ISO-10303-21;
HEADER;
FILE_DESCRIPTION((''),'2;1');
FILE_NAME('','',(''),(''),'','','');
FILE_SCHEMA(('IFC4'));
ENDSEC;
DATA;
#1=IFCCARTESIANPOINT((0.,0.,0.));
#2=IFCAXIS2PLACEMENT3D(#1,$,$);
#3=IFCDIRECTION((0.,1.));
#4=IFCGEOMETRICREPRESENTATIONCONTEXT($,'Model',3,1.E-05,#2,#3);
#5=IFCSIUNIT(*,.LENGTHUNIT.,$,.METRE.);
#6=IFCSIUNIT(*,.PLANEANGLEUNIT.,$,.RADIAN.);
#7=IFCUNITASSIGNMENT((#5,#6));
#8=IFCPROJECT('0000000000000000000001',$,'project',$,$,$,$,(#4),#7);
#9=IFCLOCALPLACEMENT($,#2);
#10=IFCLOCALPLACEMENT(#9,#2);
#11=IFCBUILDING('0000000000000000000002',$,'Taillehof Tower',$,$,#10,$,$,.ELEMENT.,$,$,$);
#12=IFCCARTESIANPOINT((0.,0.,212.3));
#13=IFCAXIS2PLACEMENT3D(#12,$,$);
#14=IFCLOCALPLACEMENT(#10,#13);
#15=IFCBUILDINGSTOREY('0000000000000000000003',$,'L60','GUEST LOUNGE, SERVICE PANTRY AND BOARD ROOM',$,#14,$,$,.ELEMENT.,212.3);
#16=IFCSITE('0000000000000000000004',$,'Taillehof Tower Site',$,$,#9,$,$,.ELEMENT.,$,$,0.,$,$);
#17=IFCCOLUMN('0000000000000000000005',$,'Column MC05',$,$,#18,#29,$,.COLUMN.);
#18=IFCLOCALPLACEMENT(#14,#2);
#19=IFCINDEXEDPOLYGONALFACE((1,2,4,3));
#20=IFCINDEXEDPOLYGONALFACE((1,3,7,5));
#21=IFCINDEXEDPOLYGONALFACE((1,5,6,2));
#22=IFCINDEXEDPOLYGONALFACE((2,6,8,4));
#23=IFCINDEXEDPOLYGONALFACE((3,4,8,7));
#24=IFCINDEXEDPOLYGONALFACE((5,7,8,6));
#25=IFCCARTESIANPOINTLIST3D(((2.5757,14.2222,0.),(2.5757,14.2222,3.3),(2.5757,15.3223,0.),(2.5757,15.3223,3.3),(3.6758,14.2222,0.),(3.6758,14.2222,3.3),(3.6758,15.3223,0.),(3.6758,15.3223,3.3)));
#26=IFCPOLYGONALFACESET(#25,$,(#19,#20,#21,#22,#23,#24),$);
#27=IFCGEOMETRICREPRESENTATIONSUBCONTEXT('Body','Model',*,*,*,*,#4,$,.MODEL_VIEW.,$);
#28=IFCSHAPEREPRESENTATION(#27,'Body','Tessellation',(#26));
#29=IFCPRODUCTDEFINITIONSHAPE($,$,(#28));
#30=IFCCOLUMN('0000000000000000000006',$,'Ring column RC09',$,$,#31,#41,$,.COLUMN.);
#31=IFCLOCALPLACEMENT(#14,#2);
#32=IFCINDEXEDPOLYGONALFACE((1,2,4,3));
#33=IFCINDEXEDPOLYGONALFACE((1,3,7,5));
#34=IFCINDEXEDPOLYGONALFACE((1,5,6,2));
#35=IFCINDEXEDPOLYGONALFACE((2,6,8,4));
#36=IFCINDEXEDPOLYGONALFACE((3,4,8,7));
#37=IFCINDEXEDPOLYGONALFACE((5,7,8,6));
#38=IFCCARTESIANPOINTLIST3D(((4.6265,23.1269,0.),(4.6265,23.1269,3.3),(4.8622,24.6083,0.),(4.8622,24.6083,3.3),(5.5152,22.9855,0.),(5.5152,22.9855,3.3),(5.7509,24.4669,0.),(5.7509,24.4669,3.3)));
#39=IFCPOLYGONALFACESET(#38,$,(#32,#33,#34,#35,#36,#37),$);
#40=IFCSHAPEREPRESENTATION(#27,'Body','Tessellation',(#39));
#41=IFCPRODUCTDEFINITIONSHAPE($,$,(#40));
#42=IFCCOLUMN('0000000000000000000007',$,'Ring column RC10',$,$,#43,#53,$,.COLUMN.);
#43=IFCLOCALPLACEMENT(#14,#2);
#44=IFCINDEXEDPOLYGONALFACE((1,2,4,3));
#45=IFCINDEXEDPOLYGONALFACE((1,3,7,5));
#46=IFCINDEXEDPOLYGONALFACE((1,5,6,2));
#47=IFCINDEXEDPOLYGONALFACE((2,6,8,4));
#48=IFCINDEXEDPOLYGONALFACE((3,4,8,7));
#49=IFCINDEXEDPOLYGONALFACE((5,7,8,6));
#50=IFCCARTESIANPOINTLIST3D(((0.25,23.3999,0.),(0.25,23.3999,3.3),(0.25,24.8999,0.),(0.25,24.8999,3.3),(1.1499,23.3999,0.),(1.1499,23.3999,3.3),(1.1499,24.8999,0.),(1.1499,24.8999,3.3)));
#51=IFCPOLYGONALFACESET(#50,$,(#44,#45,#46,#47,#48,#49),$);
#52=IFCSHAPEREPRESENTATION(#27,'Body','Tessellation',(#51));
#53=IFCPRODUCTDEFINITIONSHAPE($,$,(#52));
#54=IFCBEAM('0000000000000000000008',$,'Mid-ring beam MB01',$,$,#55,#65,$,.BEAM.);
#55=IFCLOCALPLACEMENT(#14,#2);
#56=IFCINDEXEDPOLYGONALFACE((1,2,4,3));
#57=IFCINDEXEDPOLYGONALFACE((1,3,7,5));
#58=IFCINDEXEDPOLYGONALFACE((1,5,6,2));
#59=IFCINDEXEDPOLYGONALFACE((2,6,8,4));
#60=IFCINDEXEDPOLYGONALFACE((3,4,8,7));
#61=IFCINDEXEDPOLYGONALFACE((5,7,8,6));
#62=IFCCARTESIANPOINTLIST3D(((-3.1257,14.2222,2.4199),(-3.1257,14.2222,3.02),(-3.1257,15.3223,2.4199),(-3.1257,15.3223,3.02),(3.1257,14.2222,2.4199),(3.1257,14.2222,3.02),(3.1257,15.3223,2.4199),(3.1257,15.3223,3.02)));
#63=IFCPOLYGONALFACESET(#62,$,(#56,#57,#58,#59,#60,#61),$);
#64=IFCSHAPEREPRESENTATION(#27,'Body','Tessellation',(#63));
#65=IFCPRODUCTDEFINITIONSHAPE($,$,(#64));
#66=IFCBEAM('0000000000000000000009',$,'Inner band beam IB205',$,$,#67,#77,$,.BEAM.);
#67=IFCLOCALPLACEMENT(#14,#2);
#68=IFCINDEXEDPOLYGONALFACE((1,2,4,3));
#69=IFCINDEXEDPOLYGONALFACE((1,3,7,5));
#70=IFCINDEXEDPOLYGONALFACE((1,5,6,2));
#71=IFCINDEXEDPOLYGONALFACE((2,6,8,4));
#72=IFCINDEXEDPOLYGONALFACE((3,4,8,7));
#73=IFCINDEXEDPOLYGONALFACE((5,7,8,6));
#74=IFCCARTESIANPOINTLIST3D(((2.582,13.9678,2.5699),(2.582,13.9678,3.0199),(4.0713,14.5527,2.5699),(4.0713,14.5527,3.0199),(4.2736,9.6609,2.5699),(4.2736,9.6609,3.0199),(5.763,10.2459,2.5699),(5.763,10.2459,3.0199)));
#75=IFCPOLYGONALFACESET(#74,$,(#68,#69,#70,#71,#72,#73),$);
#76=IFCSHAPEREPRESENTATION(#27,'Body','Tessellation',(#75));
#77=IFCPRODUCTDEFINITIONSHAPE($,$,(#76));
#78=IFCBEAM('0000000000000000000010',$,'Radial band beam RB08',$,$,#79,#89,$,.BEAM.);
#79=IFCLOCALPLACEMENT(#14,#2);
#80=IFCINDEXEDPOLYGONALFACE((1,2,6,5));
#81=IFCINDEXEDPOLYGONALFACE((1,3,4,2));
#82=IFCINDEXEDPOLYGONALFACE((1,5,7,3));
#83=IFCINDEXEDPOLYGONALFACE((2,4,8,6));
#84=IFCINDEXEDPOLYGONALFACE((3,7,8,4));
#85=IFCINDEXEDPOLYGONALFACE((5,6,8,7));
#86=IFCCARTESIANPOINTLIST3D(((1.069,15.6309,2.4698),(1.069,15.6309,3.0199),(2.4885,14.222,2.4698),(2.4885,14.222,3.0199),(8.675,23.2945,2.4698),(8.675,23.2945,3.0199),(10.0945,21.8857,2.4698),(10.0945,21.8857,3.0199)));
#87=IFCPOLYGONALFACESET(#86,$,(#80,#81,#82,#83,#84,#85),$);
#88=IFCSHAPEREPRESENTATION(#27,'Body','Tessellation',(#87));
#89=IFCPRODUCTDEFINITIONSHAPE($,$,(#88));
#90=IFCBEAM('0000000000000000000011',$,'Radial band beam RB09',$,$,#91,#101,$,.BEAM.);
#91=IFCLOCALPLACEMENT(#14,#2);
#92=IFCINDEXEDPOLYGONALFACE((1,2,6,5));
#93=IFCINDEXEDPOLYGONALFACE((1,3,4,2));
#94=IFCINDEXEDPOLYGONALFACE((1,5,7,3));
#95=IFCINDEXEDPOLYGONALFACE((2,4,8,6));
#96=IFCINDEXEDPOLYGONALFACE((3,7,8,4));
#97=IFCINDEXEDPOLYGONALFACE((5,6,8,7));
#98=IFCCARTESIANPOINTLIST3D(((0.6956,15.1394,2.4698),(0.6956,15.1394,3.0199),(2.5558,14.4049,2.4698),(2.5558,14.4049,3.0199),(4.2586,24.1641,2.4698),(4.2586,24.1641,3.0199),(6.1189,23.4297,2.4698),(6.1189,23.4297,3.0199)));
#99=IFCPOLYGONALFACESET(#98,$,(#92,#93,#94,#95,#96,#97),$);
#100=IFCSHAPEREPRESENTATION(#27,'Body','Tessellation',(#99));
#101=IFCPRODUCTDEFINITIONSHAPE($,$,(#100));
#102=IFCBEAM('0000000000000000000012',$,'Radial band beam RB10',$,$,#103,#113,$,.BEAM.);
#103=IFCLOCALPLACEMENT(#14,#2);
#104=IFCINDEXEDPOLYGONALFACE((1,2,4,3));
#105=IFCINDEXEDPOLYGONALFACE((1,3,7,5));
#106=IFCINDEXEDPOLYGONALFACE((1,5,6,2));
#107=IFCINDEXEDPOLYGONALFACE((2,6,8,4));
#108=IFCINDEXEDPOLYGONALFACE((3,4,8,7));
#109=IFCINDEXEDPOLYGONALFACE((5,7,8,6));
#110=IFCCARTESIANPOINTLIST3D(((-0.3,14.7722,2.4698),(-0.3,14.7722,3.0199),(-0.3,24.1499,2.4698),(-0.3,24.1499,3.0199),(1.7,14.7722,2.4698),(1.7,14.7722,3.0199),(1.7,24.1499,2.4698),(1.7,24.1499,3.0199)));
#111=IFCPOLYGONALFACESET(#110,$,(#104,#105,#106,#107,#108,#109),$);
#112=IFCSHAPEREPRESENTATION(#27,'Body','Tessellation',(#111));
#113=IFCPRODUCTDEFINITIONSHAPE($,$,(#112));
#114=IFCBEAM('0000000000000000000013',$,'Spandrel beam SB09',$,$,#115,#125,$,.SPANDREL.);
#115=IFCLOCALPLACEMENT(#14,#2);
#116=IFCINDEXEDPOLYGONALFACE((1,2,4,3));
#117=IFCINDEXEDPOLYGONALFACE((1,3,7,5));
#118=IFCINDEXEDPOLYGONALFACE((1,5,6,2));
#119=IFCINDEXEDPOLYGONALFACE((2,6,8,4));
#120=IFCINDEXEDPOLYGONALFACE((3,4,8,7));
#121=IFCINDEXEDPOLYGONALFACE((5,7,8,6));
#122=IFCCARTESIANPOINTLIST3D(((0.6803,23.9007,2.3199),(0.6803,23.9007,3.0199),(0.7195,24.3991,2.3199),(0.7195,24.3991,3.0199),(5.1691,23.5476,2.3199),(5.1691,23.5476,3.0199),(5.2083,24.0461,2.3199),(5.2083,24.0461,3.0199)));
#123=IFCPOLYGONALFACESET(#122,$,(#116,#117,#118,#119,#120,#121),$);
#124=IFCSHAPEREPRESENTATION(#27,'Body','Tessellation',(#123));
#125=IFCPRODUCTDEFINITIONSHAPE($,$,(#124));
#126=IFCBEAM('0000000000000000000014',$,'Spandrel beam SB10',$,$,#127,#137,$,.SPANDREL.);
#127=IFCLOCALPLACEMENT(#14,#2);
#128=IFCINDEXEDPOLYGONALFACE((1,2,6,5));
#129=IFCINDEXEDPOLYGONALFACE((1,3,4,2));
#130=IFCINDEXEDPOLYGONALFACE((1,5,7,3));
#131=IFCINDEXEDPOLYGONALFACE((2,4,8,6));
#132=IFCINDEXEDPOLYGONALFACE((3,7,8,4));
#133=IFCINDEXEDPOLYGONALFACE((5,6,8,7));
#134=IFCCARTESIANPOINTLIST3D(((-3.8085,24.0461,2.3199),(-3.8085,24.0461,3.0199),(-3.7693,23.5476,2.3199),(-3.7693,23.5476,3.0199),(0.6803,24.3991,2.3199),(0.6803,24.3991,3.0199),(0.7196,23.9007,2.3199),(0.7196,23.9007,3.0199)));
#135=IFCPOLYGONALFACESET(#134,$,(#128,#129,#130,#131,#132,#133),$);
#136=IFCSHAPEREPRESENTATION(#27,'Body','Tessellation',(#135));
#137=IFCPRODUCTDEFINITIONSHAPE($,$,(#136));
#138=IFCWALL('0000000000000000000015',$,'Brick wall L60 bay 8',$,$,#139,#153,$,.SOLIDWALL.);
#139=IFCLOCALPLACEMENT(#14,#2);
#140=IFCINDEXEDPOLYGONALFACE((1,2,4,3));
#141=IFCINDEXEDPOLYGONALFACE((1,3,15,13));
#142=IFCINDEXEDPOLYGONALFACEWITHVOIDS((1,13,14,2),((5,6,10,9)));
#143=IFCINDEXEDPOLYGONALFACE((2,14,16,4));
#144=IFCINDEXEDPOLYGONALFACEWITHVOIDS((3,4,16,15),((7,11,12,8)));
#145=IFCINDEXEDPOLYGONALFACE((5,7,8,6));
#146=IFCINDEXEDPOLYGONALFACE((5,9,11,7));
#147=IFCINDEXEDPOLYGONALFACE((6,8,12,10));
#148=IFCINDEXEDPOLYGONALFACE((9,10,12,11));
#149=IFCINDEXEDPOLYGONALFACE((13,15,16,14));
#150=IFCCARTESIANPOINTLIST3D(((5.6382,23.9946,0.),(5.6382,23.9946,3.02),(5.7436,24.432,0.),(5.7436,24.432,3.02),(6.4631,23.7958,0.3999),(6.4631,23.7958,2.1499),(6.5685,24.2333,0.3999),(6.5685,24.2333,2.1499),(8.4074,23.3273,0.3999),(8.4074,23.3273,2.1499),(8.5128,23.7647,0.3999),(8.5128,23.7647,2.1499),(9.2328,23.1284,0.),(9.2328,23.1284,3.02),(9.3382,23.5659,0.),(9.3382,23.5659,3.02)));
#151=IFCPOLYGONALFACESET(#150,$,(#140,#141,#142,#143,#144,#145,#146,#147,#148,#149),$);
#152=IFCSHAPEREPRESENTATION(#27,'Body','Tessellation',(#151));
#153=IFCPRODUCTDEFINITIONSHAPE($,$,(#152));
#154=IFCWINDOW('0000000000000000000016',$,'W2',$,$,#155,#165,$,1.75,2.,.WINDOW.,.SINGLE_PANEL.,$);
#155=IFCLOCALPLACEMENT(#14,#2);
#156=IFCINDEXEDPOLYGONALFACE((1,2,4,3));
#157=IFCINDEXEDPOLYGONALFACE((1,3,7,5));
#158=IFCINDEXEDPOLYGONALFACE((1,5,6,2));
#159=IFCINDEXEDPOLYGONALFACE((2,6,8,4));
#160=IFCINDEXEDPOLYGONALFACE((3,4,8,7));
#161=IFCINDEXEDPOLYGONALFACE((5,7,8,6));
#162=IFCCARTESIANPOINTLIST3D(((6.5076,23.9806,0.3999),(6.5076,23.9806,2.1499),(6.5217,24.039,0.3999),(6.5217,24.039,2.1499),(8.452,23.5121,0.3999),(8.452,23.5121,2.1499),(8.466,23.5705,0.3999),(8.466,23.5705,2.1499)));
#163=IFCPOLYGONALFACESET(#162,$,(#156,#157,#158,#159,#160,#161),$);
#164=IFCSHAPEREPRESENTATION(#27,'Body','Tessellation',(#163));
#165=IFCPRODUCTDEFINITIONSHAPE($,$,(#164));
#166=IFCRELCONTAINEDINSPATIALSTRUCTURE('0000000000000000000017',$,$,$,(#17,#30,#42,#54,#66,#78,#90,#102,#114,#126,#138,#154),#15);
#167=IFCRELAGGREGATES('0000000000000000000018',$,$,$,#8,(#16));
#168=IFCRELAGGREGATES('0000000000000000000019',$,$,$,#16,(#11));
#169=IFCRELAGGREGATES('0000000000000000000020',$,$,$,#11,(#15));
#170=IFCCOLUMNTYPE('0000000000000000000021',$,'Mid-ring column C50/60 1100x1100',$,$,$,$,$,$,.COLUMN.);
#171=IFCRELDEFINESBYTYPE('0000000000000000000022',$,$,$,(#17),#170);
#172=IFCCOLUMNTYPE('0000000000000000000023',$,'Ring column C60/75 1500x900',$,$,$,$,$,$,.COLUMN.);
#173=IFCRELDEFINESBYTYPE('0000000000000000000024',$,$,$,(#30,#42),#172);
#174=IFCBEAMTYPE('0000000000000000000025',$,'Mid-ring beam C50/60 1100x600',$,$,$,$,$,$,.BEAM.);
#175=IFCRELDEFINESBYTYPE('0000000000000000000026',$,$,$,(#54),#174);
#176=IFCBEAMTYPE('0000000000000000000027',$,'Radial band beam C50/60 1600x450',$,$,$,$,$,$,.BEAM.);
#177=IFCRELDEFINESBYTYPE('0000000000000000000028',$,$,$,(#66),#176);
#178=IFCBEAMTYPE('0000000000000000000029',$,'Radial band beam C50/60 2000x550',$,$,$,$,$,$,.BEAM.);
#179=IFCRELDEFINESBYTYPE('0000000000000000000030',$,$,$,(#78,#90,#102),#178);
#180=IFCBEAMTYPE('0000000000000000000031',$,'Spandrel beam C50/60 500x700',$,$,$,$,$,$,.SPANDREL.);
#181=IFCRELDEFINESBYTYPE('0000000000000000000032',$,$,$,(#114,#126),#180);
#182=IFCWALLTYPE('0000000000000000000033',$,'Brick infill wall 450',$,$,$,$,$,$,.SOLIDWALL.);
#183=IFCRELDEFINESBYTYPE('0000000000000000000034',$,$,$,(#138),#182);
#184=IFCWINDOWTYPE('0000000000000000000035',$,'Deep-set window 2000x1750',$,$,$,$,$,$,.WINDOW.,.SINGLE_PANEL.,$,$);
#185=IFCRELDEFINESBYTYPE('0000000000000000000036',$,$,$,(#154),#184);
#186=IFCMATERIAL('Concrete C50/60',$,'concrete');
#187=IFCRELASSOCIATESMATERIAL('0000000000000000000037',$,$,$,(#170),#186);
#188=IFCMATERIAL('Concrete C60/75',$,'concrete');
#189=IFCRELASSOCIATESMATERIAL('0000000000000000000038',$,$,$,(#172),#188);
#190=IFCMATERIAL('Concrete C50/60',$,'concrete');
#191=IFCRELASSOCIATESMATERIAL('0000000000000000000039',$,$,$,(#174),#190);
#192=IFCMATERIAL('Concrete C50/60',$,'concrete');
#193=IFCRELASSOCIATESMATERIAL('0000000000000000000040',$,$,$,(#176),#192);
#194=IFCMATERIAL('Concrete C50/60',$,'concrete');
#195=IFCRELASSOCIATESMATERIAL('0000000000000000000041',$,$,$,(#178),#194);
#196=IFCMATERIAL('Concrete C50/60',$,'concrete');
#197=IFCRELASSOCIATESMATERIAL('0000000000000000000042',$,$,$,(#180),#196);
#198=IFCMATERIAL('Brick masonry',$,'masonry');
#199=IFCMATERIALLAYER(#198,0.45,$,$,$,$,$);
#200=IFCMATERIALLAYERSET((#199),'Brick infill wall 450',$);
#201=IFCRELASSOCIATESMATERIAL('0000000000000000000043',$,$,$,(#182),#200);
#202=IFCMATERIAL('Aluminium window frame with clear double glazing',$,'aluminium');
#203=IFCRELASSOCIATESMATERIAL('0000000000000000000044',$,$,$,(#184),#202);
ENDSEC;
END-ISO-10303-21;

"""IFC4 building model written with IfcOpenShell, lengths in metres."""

from ifc_helpers import new_model, si_unit, direction, frame, frame_2d, origin, origin_2d, place, context, subcontext, project, spatial, rectangle, extrude, material, layer, layer_set, material_profile, profile_set, type_object, element, fill, save


model = new_model("IFC4")

# Units and contexts
model_context = context("Model", 3, precision=1e-05, world=origin(), true_north=direction((0.0, 1.0)))
body_context = subcontext(model_context, "Body", "Model", "MODEL_VIEW")
ifc_project = project(units=[si_unit("LENGTHUNIT", "METRE"), si_unit("PLANEANGLEUNIT", "RADIAN")], contexts=[model_context])

# Site, building, storey
site_placement = place(None, origin())
site = spatial("IfcSite", under=ifc_project, at=site_placement, Name="Taillehof Tower Site", CompositionType="ELEMENT", RefElevation=0.0)
building_placement = place(site_placement, origin())
building = spatial("IfcBuilding", under=site, at=building_placement, Name="Taillehof Tower", CompositionType="ELEMENT")
storey_placement = place(building_placement, frame((0.0, 0.0, 212.3)))
storey = spatial("IfcBuildingStorey", under=building, at=storey_placement, Name="L60", Description="GUEST LOUNGE, SERVICE PANTRY AND BOARD ROOM", CompositionType="ELEMENT", Elevation=212.3)

# Columns
ifc_material_1 = material(Name="Concrete C50/60", Category="concrete")
ifc_material_profile_1 = material_profile(ifc_material_1, rectangle(XDim=1.1001, YDim=1.1001, at=origin_2d()), Name="RC 1100x1100")
ifc_profile_set_1 = profile_set([ifc_material_profile_1], Name="Concrete C50/60")
column_type_1 = type_object("IfcColumnType", Name="Mid-ring column C50/60 1100x1100", PredefinedType="COLUMN", material=ifc_profile_set_1)
column_placement = place(storey_placement, frame((3.1257, 14.7722, 0.0), z_axis=(0.0, 0.0, 1.0), x_axis=(1.0, 0.0, 0.0)))
element("IfcColumn", 1, at=column_placement, inside=storey, type_object=column_type_1, Name="Column MC05", PredefinedType="COLUMN", context=body_context, shape_type="SweptSolid", body=[
    extrude(rectangle(XDim=1.1001, YDim=1.1001, at=origin_2d()), origin(), (0.0, 0.0, 1.0), 3.3),
])
ifc_material_2 = material(Name="Concrete C60/75", Category="concrete")
ifc_material_profile_2 = material_profile(ifc_material_2, rectangle(XDim=1.5, YDim=0.8999, at=origin_2d()), Name="RC 1500x900")
ifc_profile_set_2 = profile_set([ifc_material_profile_2], Name="Concrete C60/75")
column_type_2 = type_object("IfcColumnType", Name="Ring column C60/75 1500x900", PredefinedType="COLUMN", material=ifc_profile_set_2)
for number, where, z_axis, x_axis, name in (
    (2, (5.1887, 23.7969, 0.0), (0.0, 0.0, 1.0), (0.157116, 0.98758, 0.0), "Ring column RC09"),
    (3, (0.7, 24.1499, 0.0), (0.0, 0.0, 1.0), (0.0, 1.0, 0.0), "Ring column RC10"),
):
    element("IfcColumn", number, at=place(storey_placement, frame(where, z_axis=z_axis, x_axis=x_axis)), inside=storey, type_object=column_type_2, Name=name, PredefinedType="COLUMN", context=body_context, shape_type="SweptSolid", body=[
        extrude(rectangle(XDim=1.5, YDim=0.8999, at=origin_2d()), origin(), (0.0, 0.0, 1.0), 3.3),
    ])

# Beams
ifc_material_3 = material(Name="Concrete C50/60", Category="concrete")
ifc_material_profile_3 = material_profile(ifc_material_3, rectangle(XDim=1.1001, YDim=0.6001, at=origin_2d()), Name="RC 1100x600")
ifc_profile_set_3 = profile_set([ifc_material_profile_3], Name="Concrete C50/60")
beam_type_1 = type_object("IfcBeamType", Name="Mid-ring beam C50/60 1100x600", PredefinedType="BEAM", material=ifc_profile_set_3)
beam_1_placement = place(storey_placement, frame((3.1257, 14.7722, 2.72), z_axis=(-1.0, 0.0, 0.0), x_axis=(0.0, -1.0, 0.0)))
element("IfcBeam", 4, at=beam_1_placement, inside=storey, type_object=beam_type_1, Name="Mid-ring beam MB01", PredefinedType="BEAM", context=body_context, shape_type="SweptSolid", body=[
    extrude(rectangle(XDim=1.1001, YDim=0.6001, at=origin_2d()), origin(), (0.0, 0.0, 1.0), 6.2515),
])
ifc_material_4 = material(Name="Concrete C50/60", Category="concrete")
ifc_material_profile_4 = material_profile(ifc_material_4, rectangle(XDim=1.6001, YDim=0.45, at=origin_2d()), Name="RC 1600x450")
ifc_profile_set_4 = profile_set([ifc_material_profile_4], Name="Concrete C50/60")
beam_type_2 = type_object("IfcBeamType", Name="Radial band beam C50/60 1600x450", PredefinedType="BEAM", material=ifc_profile_set_4)
beam_2_placement = place(storey_placement, frame((3.3267, 14.2603, 2.7949), z_axis=(0.365589, -0.930777, 0.0), x_axis=(0.930777, 0.365589, 0.0)))
element("IfcBeam", 5, at=beam_2_placement, inside=storey, type_object=beam_type_2, Name="Inner band beam IB205", PredefinedType="BEAM", context=body_context, shape_type="SweptSolid", body=[
    extrude(rectangle(XDim=1.6001, YDim=0.45, at=origin_2d()), origin(), (0.0, 0.0, 1.0), 4.6272),
])
ifc_material_5 = material(Name="Concrete C50/60", Category="concrete")
ifc_material_profile_5 = material_profile(ifc_material_5, rectangle(XDim=2.0, YDim=0.55, at=origin_2d()), Name="RC 2000x550")
ifc_profile_set_5 = profile_set([ifc_material_profile_5], Name="Concrete C50/60")
beam_type_3 = type_object("IfcBeamType", Name="Radial band beam C50/60 2000x550", PredefinedType="BEAM", material=ifc_profile_set_5)
beam_3_placement = place(storey_placement, frame((9.3848, 22.5901, 2.7449), z_axis=(-0.704434, -0.70977, 0.0), x_axis=(0.70977, -0.704434, 0.0)))
element("IfcBeam", 6, at=beam_3_placement, inside=storey, type_object=beam_type_3, Name="Radial band beam RB08", PredefinedType="BEAM", context=body_context, shape_type="SweptSolid", body=[
    extrude(rectangle(XDim=2.0, YDim=0.55, at=origin_2d()), origin(), (0.0, 0.0, 1.0), 10.7974),
])
beam_4_placement = place(storey_placement, frame((5.1887, 23.7969, 2.7449), z_axis=(-0.367222, -0.930133, 0.0), x_axis=(0.930133, -0.367222, 0.0)))
element("IfcBeam", 7, at=beam_4_placement, inside=storey, type_object=beam_type_3, Name="Radial band beam RB09", PredefinedType="BEAM", context=body_context, shape_type="SweptSolid", body=[
    extrude(rectangle(XDim=2.0, YDim=0.55, at=origin_2d()), origin(), (0.0, 0.0, 1.0), 9.7026),
])
beam_5_placement = place(storey_placement, frame((0.7, 24.1499, 2.7449), z_axis=(0.0, -1.0, 0.0), x_axis=(1.0, 0.0, 0.0)))
element("IfcBeam", 8, at=beam_5_placement, inside=storey, type_object=beam_type_3, Name="Radial band beam RB10", PredefinedType="BEAM", context=body_context, shape_type="SweptSolid", body=[
    extrude(rectangle(XDim=2.0, YDim=0.55, at=origin_2d()), origin(), (0.0, 0.0, 1.0), 9.3777),
])
ifc_material_6 = material(Name="Concrete C50/60", Category="concrete")
ifc_material_profile_6 = material_profile(ifc_material_6, rectangle(XDim=0.5, YDim=0.7, at=origin_2d()), Name="RC 500x700")
ifc_profile_set_6 = profile_set([ifc_material_profile_6], Name="Concrete C50/60")
beam_type_4 = type_object("IfcBeamType", Name="Spandrel beam C50/60 500x700", PredefinedType="SPANDREL", material=ifc_profile_set_6)
for number, where, z_axis, x_axis, name in (
    (9, (5.1887, 23.7969, 2.6699), (-0.996922, 0.078405, 0.0), (-0.078405, -0.996922, 0.0), "Spandrel beam SB09"),
    (10, (0.7, 24.1499, 2.6699), (-0.996922, -0.078405, 0.0), (0.078405, -0.996922, 0.0), "Spandrel beam SB10"),
):
    element("IfcBeam", number, at=place(storey_placement, frame(where, z_axis=z_axis, x_axis=x_axis)), inside=storey, type_object=beam_type_4, Name=name, PredefinedType="SPANDREL", context=body_context, shape_type="SweptSolid", body=[
        extrude(rectangle(XDim=0.5, YDim=0.7, at=origin_2d()), origin(), (0.0, 0.0, 1.0), 4.5027),
    ])

# Wall, opening, window
ifc_material_7 = material(Name="Brick masonry", Category="masonry")
ifc_layer_1 = layer(ifc_material_7, 0.45)
ifc_layer_set_1 = layer_set([ifc_layer_1], Name="Brick infill wall 450")
wall_type_1 = type_object("IfcWallType", Name="Brick infill wall 450", PredefinedType="SOLIDWALL", material=ifc_layer_set_1)
wall_1_placement = place(storey_placement, frame((9.2854, 23.3472, 0.0), z_axis=(0.0, 0.0, 1.0), x_axis=(-0.972174, 0.234262, 0.0)))
wall_1 = element("IfcWall", 11, at=wall_1_placement, inside=storey, type_object=wall_type_1, Name="Brick wall L60 bay 8", PredefinedType="SOLIDWALL", context=body_context, shape_type="SweptSolid", body=[
    extrude(rectangle(XDim=3.6975, YDim=0.45, at=frame_2d((1.8486, 0.0))), origin(), (0.0, 0.0, 1.0), 3.02),
])
opening_1_placement = place(wall_1_placement, frame((0.8489, 0.0, 0.3999)))
opening_1 = element("IfcOpeningElement", 12, at=opening_1_placement, cuts=wall_1, PredefinedType="OPENING", context=body_context, shape_type="SweptSolid", body=[
    extrude(rectangle(XDim=2.0, YDim=1.75, at=frame_2d((1.0, 0.875))), frame((0.0, 0.2349, 0.0), z_axis=(0.0, -1.0, 0.0), x_axis=(1.0, 0.0, 0.0)), (0.0, 0.0, 1.0), 0.47),
])
ifc_material_8 = material(Name="Aluminium window frame with clear double glazing", Category="aluminium")
window_type = type_object("IfcWindowType", Name="Deep-set window 2000x1750", PartitioningType="SINGLE_PANEL", PredefinedType="WINDOW", material=ifc_material_8)
window_1_placement = place(opening_1_placement, origin())
window_1 = element("IfcWindow", 13, at=window_1_placement, inside=storey, type_object=window_type, Name="W2", OverallHeight=1.75, OverallWidth=2.0, PartitioningType="SINGLE_PANEL", PredefinedType="WINDOW", context=body_context, shape_type="SweptSolid", body=[
    extrude(rectangle(XDim=2.0, YDim=1.75, at=frame_2d((1.0, 0.875))), frame((0.0, 0.0349, 0.0), z_axis=(0.0, -1.0, 0.0), x_axis=(1.0, 0.0, 0.0)), (0.0, 0.0, 1.0), 0.0601),
])
fill(opening_1, window_1)

save(model, "model.ifc")
